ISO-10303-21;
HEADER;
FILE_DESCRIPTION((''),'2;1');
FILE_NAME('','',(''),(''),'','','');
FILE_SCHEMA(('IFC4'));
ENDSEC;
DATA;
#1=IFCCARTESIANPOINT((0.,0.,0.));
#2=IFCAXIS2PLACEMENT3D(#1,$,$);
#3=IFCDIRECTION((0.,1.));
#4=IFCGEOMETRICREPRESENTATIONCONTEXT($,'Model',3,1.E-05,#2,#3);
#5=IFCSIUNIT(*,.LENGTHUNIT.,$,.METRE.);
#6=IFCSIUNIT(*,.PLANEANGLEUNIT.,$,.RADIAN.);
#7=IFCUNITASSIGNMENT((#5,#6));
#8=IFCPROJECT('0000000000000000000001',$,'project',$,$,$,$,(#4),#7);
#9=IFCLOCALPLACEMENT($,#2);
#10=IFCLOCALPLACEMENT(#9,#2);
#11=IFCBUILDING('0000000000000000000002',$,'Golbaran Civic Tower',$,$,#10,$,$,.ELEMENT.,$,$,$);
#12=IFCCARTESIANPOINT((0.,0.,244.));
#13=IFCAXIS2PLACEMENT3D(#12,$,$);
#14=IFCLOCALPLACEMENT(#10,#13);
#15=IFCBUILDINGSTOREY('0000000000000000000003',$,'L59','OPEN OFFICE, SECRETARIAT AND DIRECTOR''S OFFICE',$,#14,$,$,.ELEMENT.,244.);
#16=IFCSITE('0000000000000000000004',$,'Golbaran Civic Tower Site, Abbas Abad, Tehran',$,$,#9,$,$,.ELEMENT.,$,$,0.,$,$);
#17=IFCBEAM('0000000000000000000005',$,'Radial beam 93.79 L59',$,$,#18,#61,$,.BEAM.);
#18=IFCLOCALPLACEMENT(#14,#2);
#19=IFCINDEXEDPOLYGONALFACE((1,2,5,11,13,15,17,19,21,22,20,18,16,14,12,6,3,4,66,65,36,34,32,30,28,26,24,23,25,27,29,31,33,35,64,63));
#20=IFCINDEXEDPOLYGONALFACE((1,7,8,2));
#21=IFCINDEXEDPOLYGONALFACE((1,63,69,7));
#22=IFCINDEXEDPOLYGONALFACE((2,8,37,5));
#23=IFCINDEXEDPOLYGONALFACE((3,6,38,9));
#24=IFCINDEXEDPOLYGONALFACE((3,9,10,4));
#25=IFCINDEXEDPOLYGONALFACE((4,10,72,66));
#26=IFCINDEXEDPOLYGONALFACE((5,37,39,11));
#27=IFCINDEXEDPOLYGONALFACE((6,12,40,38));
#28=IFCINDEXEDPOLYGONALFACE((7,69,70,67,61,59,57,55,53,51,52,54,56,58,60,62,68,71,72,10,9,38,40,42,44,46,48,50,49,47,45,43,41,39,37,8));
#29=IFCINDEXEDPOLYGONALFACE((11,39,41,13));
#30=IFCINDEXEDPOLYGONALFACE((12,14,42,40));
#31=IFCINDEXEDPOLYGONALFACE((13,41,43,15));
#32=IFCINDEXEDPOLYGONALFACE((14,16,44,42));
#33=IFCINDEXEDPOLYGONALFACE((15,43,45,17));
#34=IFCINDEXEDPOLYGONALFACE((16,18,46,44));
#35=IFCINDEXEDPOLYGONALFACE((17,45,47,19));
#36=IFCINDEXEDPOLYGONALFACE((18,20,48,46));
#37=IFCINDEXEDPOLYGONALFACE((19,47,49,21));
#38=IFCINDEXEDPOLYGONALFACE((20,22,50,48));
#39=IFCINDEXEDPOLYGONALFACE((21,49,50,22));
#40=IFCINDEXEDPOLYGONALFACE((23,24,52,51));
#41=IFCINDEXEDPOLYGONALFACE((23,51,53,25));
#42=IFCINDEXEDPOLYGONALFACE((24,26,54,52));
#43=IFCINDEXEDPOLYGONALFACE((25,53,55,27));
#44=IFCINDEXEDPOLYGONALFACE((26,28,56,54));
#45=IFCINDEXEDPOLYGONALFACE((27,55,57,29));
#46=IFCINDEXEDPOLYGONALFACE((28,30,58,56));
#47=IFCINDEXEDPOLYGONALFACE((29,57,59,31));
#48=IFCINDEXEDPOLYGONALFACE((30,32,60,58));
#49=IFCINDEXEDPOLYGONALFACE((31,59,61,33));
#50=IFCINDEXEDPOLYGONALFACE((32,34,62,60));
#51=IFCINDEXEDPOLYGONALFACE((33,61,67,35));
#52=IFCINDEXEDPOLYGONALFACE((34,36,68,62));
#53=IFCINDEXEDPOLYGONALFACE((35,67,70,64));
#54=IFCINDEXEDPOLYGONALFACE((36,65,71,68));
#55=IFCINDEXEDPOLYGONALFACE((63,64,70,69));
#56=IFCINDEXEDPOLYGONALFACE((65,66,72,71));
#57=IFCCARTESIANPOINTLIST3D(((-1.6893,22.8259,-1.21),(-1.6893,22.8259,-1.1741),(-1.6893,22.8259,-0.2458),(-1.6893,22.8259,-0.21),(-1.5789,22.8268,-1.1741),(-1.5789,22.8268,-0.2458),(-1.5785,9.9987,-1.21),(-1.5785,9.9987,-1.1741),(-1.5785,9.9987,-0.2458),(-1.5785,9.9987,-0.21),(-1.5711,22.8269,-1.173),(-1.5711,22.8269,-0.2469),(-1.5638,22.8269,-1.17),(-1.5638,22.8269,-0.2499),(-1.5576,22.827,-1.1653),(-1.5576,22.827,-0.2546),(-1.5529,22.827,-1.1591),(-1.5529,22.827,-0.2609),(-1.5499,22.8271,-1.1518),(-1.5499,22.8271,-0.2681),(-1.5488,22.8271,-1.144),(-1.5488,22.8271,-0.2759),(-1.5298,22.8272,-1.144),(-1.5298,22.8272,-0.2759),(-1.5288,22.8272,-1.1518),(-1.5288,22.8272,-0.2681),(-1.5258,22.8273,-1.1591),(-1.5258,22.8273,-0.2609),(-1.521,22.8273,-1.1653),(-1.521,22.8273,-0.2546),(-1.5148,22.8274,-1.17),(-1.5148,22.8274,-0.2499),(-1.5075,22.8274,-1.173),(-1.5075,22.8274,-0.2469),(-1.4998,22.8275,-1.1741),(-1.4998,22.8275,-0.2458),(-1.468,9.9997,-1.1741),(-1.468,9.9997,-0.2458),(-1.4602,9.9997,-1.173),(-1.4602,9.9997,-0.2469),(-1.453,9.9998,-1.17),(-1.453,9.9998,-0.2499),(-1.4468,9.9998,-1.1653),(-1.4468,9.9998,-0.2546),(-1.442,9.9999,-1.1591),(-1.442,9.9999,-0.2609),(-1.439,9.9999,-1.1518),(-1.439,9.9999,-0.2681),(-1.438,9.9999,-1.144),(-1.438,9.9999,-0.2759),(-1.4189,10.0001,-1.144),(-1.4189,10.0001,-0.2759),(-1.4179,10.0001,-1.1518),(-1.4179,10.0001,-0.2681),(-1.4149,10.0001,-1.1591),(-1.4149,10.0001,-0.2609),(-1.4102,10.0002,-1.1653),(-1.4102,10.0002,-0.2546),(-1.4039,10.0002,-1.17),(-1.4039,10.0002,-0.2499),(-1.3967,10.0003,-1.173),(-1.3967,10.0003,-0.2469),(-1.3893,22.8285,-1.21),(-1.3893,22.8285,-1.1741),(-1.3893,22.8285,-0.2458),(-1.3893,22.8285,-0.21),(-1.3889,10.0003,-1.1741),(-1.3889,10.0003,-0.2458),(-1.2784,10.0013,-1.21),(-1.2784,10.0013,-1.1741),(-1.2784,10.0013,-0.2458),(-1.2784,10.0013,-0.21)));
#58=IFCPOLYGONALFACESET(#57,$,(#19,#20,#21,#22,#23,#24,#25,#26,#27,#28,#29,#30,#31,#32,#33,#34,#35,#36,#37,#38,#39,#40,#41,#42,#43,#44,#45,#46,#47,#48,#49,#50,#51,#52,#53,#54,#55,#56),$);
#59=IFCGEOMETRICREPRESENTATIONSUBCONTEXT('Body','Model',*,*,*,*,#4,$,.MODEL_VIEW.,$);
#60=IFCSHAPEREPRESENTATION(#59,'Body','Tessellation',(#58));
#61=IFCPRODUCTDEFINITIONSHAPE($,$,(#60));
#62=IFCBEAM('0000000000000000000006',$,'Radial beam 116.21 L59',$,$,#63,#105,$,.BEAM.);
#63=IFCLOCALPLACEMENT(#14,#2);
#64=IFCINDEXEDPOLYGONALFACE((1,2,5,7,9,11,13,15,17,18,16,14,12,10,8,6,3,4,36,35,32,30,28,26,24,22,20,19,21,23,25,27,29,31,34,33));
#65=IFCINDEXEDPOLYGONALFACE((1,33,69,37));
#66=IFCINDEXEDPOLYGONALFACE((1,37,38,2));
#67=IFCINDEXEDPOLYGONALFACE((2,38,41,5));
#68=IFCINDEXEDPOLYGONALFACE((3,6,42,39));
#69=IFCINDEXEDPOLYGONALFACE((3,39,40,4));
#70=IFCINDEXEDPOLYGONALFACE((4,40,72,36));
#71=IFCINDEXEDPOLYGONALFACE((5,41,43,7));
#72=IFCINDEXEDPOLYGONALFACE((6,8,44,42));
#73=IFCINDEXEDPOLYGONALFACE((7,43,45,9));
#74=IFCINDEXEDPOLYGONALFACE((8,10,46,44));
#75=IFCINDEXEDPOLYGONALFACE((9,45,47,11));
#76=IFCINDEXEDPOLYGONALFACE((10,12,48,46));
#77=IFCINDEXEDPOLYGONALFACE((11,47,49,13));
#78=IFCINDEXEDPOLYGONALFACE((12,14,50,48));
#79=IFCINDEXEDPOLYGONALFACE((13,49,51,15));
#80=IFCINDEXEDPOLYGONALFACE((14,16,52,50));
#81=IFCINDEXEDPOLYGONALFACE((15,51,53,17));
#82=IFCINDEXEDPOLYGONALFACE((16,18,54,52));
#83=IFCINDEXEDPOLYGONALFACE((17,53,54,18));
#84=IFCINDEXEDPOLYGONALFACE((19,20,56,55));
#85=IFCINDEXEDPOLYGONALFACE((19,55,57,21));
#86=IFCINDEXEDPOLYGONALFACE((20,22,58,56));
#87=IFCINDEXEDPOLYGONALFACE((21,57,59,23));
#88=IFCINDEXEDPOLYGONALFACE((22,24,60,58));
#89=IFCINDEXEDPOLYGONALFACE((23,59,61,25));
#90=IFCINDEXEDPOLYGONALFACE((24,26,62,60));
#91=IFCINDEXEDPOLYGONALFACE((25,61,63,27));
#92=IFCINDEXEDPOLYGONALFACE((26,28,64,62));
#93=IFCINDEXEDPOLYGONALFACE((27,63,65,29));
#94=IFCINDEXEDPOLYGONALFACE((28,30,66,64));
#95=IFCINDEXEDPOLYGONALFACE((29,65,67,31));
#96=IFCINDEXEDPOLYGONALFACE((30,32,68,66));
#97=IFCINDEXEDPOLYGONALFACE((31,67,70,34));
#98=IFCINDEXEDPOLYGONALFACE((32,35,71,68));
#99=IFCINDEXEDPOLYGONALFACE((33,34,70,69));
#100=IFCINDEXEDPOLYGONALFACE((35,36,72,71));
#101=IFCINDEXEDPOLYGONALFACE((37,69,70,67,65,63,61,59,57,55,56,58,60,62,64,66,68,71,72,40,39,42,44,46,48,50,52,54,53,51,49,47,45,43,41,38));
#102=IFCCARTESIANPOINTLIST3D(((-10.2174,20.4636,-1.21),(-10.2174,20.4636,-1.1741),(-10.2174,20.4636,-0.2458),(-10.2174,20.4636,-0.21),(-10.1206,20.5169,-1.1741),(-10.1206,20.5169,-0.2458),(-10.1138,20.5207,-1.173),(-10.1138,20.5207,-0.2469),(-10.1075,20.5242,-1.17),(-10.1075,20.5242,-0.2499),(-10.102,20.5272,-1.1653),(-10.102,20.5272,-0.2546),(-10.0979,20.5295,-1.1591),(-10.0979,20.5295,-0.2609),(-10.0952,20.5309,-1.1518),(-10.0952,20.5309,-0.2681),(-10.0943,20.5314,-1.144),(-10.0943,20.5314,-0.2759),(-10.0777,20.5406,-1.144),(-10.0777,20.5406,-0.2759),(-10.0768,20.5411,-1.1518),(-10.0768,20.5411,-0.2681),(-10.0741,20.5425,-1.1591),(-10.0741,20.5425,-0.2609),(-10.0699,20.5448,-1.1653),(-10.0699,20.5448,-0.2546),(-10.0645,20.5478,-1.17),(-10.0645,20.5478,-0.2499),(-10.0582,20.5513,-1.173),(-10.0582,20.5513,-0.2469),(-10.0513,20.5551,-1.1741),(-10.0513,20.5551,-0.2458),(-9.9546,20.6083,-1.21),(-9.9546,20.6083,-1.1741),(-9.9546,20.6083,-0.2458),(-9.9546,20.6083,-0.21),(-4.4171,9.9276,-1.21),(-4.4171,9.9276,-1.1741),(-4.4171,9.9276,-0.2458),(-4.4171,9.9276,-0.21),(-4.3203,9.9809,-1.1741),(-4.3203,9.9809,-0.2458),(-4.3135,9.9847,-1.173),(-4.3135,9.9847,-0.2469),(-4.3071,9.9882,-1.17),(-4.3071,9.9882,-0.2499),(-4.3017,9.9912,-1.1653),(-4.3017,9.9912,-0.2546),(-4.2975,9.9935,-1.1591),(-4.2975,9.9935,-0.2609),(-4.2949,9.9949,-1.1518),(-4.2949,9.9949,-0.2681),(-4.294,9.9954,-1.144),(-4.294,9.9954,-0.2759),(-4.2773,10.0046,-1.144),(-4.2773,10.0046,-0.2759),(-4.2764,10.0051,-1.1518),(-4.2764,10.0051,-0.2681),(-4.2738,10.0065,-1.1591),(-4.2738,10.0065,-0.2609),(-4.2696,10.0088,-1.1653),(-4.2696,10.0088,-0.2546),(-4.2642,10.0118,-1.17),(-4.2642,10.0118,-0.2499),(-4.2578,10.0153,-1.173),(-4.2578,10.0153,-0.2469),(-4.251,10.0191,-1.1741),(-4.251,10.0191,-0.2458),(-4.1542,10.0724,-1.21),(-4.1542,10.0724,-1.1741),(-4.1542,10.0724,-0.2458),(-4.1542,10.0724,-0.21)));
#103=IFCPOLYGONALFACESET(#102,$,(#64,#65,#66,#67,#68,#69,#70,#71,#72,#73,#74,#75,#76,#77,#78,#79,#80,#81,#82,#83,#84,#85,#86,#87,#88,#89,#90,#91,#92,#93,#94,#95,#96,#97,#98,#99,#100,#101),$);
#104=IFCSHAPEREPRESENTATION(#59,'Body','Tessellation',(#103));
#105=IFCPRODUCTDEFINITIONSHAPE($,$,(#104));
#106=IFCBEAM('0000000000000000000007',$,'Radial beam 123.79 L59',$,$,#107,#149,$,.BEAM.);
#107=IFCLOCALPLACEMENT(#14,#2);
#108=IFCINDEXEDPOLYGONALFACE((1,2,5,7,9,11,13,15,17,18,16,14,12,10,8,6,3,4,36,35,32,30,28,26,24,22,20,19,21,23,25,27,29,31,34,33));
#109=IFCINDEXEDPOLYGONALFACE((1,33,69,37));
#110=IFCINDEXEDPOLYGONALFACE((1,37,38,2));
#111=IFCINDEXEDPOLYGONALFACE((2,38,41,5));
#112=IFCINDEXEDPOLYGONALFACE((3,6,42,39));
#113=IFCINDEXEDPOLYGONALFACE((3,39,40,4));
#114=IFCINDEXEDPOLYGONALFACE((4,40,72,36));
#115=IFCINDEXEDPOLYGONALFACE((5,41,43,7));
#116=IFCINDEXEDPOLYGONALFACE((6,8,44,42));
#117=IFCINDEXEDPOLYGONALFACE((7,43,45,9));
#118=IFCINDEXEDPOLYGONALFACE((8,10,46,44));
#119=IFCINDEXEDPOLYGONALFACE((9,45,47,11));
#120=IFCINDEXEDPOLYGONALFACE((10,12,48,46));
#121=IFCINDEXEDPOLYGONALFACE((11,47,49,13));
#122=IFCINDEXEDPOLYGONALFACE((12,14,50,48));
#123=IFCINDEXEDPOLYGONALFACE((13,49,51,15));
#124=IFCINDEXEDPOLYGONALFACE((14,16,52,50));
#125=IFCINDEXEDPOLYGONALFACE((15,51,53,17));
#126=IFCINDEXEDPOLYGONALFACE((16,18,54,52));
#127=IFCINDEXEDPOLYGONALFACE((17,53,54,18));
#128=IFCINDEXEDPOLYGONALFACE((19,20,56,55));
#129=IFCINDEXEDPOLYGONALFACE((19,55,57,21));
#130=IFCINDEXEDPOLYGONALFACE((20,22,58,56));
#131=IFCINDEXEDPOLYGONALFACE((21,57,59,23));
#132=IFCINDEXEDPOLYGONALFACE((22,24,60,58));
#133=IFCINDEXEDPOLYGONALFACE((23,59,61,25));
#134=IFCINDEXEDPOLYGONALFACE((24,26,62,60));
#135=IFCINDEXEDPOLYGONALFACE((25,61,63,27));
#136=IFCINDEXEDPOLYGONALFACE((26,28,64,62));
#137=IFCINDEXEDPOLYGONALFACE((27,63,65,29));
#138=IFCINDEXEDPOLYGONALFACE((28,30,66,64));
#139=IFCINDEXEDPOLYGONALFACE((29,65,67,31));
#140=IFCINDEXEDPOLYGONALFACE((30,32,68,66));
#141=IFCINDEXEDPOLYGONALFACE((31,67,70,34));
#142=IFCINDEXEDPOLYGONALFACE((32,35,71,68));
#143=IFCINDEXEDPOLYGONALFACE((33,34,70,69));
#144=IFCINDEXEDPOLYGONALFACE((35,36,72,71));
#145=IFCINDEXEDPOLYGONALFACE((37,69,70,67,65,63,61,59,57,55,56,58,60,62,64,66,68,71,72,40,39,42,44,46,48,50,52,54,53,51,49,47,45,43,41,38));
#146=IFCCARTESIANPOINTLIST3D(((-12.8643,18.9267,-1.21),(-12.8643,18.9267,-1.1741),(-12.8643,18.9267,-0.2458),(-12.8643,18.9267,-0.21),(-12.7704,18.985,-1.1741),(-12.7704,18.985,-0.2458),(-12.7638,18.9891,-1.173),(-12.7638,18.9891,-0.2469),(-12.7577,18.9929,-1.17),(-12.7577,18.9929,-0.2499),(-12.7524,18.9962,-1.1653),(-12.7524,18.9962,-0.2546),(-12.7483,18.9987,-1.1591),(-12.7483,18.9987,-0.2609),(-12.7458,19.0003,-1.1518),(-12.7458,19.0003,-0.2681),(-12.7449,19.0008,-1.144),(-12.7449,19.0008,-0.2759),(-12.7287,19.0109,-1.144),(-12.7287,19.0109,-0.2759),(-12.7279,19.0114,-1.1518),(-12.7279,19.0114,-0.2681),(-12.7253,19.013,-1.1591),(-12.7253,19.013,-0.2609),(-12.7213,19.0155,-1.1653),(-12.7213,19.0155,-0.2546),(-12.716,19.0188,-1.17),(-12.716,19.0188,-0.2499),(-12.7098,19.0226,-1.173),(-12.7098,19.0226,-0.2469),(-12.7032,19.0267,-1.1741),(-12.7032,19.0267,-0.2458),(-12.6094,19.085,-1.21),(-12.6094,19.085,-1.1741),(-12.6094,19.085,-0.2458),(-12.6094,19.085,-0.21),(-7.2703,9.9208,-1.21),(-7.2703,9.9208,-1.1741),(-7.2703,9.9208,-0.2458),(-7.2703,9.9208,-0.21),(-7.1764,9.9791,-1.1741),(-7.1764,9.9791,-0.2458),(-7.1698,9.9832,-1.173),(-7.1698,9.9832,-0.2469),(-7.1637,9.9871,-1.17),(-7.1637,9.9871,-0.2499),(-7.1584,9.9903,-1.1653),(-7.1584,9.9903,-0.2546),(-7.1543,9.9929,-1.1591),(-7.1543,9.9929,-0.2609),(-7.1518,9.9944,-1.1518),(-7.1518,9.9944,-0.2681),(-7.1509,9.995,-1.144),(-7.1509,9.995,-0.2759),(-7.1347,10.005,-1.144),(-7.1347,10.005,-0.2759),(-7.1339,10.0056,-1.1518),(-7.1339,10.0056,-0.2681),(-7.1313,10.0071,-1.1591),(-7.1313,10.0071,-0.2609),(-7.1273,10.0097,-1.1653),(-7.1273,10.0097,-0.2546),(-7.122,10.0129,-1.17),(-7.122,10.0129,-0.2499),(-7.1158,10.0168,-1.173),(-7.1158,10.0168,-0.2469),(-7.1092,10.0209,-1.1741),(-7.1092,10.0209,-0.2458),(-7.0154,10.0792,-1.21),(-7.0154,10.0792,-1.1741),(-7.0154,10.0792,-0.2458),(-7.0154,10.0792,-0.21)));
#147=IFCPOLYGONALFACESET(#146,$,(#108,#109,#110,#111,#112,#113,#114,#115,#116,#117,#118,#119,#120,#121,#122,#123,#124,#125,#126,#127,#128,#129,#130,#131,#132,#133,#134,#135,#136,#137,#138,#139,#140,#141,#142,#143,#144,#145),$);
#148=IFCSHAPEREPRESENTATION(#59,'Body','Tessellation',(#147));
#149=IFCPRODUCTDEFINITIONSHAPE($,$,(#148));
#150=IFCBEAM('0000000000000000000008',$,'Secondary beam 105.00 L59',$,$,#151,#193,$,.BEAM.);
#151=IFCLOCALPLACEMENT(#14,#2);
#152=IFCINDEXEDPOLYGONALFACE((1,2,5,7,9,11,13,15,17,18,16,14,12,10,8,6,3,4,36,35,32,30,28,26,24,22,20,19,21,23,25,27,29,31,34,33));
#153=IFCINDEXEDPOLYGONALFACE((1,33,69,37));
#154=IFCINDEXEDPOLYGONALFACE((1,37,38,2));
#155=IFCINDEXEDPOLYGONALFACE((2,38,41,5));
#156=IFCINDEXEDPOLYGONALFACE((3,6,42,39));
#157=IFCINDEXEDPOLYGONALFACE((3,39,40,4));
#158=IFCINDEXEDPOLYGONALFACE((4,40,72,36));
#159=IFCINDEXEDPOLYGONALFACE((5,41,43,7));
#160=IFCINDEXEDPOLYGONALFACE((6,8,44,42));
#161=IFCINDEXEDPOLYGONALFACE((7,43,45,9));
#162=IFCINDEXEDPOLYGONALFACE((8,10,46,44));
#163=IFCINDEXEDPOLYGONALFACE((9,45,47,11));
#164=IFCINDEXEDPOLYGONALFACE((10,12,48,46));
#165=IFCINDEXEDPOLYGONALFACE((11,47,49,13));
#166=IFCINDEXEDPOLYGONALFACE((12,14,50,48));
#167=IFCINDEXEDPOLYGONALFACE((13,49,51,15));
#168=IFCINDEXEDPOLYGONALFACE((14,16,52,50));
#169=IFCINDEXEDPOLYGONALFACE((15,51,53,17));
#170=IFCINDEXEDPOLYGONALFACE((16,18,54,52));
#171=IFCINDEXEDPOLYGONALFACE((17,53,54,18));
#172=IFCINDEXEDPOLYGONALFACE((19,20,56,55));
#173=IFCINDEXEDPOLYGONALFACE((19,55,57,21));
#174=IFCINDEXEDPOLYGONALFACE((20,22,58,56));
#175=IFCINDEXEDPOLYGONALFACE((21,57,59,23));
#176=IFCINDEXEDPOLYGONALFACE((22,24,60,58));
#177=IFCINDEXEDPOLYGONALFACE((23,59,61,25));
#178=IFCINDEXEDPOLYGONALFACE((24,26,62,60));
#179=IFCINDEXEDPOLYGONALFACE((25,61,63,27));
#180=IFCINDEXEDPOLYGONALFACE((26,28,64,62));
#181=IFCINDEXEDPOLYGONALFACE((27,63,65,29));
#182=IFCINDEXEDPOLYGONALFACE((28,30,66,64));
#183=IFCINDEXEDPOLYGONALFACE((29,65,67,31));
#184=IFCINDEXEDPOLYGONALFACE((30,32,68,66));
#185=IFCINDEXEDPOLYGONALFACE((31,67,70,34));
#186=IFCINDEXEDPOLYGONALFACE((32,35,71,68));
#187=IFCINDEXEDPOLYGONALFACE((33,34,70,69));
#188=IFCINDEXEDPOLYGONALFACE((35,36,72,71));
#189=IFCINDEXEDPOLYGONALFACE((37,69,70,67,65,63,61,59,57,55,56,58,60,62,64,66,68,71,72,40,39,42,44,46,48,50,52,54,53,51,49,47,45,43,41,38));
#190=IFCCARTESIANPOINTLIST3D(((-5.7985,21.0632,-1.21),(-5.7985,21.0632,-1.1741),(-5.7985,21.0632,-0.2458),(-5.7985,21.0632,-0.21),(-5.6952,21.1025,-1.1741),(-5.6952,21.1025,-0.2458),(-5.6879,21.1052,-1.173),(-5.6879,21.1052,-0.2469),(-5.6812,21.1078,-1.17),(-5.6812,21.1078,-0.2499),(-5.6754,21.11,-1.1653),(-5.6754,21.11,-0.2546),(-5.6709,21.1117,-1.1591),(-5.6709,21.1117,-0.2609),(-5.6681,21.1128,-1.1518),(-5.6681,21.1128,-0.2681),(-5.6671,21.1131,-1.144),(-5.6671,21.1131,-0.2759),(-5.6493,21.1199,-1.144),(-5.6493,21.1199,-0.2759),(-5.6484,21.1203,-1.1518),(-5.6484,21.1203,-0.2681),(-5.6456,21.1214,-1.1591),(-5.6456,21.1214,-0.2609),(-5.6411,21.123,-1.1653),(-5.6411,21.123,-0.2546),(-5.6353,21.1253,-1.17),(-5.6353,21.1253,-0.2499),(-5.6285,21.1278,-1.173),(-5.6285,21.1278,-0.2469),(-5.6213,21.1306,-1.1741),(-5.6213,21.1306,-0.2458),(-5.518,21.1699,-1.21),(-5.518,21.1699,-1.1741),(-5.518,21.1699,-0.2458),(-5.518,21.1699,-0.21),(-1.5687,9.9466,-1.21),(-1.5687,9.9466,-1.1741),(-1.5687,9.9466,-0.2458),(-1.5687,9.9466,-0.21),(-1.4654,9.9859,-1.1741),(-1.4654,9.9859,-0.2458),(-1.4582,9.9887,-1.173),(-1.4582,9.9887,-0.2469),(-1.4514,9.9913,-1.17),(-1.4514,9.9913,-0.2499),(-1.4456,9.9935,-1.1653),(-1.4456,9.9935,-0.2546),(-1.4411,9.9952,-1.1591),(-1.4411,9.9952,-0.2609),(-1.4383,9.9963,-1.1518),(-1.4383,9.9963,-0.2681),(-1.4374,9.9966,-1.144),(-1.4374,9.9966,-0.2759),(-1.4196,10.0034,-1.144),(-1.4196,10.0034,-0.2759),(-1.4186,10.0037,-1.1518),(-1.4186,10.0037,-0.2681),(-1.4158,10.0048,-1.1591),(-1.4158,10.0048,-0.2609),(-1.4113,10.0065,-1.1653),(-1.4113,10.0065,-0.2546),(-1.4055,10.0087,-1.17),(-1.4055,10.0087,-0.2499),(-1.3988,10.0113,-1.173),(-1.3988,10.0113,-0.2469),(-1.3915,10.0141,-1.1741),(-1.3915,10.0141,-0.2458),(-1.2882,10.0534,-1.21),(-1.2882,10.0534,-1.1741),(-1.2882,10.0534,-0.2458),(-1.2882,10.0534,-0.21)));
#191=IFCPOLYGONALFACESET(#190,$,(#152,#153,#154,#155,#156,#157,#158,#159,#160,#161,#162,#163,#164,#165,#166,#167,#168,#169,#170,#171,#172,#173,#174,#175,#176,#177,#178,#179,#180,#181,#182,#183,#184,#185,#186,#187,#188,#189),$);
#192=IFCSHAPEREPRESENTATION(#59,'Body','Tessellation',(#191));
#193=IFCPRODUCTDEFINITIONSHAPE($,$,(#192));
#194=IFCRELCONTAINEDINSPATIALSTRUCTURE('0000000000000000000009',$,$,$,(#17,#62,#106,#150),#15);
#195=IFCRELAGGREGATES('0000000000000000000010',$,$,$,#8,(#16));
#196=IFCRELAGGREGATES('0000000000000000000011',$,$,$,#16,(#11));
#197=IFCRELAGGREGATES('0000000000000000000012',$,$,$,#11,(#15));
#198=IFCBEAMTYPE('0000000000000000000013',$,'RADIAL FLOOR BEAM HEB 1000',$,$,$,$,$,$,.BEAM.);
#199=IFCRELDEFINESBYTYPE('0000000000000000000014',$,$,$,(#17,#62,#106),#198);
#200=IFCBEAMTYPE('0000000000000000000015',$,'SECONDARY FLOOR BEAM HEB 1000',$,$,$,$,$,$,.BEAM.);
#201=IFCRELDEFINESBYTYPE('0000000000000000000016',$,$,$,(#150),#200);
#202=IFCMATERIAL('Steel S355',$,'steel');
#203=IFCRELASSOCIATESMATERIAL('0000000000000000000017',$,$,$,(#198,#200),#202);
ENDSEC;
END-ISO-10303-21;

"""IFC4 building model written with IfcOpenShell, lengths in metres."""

from ifc_helpers import new_model, si_unit, direction, frame, origin, origin_2d, place, context, subcontext, project, spatial, i_section, extrude, material, material_profile, profile_set, type_object, element, save


model = new_model("IFC4")

# Units and contexts
model_context = context("Model", 3, precision=1e-05, world=origin(), true_north=direction((0.0, 1.0)))
body_context = subcontext(model_context, "Body", "Model", "MODEL_VIEW")
ifc_project = project(units=[si_unit("LENGTHUNIT", "METRE"), si_unit("PLANEANGLEUNIT", "RADIAN")], contexts=[model_context])

# Site, building, storey
site_placement = place(None, origin())
site = spatial("IfcSite", under=ifc_project, at=site_placement, Name="Golbaran Civic Tower Site, Abbas Abad, Tehran", CompositionType="ELEMENT", RefElevation=0.0)
building_placement = place(site_placement, origin())
building = spatial("IfcBuilding", under=site, at=building_placement, Name="Golbaran Civic Tower", CompositionType="ELEMENT")
storey_placement = place(building_placement, frame((0.0, 0.0, 244.0)))
storey = spatial("IfcBuildingStorey", under=building, at=storey_placement, Name="L59", Description="OPEN OFFICE, SECRETARIAT AND DIRECTOR'S OFFICE", CompositionType="ELEMENT", Elevation=244.0)

# Beams
ifc_material_1 = material(Name="Steel S355", Category="steel")
ifc_material_profile_1 = material_profile(ifc_material_1, i_section(OverallWidth=0.3, OverallDepth=1.0, WebThickness=0.019, FlangeThickness=0.0359, FilletRadius=0.03, at=origin_2d()), Name="HEB 1000")
ifc_profile_set_1 = profile_set([ifc_material_profile_1], Name="Steel S355")
beam_type_1 = type_object("IfcBeamType", Name="RADIAL FLOOR BEAM HEB 1000", PredefinedType="BEAM", material=ifc_profile_set_1)
beam_1_placement = place(storey_placement, frame((-1.4285, 10.0, -0.71), z_axis=(-0.008641, 0.999963, 0.0), x_axis=(-0.999963, -0.008641, 0.0)))
element("IfcBeam", 1, at=beam_1_placement, inside=storey, type_object=beam_type_1, Name="Radial beam 93.79 L59", PredefinedType="BEAM", context=body_context, shape_type="SweptSolid", body=[
    extrude(i_section(OverallWidth=0.3, OverallDepth=1.0, WebThickness=0.019, FlangeThickness=0.0359, FilletRadius=0.03, at=origin_2d()), origin(), (0.0, 0.0, 1.0), 12.8276),
])
beam_2_placement = place(storey_placement, frame((-4.2856, 10.0, -0.71), z_axis=(-0.482273, 0.876021, 0.0), x_axis=(-0.876021, -0.482273, 0.0)))
element("IfcBeam", 2, at=beam_2_placement, inside=storey, type_object=beam_type_1, Name="Radial beam 116.21 L59", PredefinedType="BEAM", context=body_context, shape_type="SweptSolid", body=[
    extrude(i_section(OverallWidth=0.3, OverallDepth=1.0, WebThickness=0.019, FlangeThickness=0.0359, FilletRadius=0.03, at=origin_2d()), origin(), (0.0, 0.0, 1.0), 12.0271),
])
beam_3_placement = place(storey_placement, frame((-7.1428, 10.0, -0.71), z_axis=(-0.527645, 0.849465, 0.0), x_axis=(-0.849465, -0.527645, 0.0)))
element("IfcBeam", 3, at=beam_3_placement, inside=storey, type_object=beam_type_1, Name="Radial beam 123.79 L59", PredefinedType="BEAM", context=body_context, shape_type="SweptSolid", body=[
    extrude(i_section(OverallWidth=0.3, OverallDepth=1.0, WebThickness=0.019, FlangeThickness=0.0359, FilletRadius=0.03, at=origin_2d()), origin(), (0.0, 0.0, 1.0), 10.6018),
])
ifc_material_profile_2 = material_profile(ifc_material_1, i_section(OverallWidth=0.3, OverallDepth=1.0, WebThickness=0.019, FlangeThickness=0.0359, FilletRadius=0.03, at=origin_2d()), Name="HEB 1000")
ifc_profile_set_2 = profile_set([ifc_material_profile_2], Name="Steel S355")
beam_type_2 = type_object("IfcBeamType", Name="SECONDARY FLOOR BEAM HEB 1000", PredefinedType="BEAM", material=ifc_profile_set_2)
beam_4_placement = place(storey_placement, frame((-1.4285, 10.0, -0.71), z_axis=(-0.355621, 0.93463, 0.0), x_axis=(-0.93463, -0.355621, 0.0)))
element("IfcBeam", 4, at=beam_4_placement, inside=storey, type_object=beam_type_2, Name="Secondary beam 105.00 L59", PredefinedType="BEAM", context=body_context, shape_type="SweptSolid", body=[
    extrude(i_section(OverallWidth=0.3, OverallDepth=1.0, WebThickness=0.019, FlangeThickness=0.0359, FilletRadius=0.03, at=origin_2d()), origin(), (0.0, 0.0, 1.0), 11.894),
])

save(model, "model.ifc")
